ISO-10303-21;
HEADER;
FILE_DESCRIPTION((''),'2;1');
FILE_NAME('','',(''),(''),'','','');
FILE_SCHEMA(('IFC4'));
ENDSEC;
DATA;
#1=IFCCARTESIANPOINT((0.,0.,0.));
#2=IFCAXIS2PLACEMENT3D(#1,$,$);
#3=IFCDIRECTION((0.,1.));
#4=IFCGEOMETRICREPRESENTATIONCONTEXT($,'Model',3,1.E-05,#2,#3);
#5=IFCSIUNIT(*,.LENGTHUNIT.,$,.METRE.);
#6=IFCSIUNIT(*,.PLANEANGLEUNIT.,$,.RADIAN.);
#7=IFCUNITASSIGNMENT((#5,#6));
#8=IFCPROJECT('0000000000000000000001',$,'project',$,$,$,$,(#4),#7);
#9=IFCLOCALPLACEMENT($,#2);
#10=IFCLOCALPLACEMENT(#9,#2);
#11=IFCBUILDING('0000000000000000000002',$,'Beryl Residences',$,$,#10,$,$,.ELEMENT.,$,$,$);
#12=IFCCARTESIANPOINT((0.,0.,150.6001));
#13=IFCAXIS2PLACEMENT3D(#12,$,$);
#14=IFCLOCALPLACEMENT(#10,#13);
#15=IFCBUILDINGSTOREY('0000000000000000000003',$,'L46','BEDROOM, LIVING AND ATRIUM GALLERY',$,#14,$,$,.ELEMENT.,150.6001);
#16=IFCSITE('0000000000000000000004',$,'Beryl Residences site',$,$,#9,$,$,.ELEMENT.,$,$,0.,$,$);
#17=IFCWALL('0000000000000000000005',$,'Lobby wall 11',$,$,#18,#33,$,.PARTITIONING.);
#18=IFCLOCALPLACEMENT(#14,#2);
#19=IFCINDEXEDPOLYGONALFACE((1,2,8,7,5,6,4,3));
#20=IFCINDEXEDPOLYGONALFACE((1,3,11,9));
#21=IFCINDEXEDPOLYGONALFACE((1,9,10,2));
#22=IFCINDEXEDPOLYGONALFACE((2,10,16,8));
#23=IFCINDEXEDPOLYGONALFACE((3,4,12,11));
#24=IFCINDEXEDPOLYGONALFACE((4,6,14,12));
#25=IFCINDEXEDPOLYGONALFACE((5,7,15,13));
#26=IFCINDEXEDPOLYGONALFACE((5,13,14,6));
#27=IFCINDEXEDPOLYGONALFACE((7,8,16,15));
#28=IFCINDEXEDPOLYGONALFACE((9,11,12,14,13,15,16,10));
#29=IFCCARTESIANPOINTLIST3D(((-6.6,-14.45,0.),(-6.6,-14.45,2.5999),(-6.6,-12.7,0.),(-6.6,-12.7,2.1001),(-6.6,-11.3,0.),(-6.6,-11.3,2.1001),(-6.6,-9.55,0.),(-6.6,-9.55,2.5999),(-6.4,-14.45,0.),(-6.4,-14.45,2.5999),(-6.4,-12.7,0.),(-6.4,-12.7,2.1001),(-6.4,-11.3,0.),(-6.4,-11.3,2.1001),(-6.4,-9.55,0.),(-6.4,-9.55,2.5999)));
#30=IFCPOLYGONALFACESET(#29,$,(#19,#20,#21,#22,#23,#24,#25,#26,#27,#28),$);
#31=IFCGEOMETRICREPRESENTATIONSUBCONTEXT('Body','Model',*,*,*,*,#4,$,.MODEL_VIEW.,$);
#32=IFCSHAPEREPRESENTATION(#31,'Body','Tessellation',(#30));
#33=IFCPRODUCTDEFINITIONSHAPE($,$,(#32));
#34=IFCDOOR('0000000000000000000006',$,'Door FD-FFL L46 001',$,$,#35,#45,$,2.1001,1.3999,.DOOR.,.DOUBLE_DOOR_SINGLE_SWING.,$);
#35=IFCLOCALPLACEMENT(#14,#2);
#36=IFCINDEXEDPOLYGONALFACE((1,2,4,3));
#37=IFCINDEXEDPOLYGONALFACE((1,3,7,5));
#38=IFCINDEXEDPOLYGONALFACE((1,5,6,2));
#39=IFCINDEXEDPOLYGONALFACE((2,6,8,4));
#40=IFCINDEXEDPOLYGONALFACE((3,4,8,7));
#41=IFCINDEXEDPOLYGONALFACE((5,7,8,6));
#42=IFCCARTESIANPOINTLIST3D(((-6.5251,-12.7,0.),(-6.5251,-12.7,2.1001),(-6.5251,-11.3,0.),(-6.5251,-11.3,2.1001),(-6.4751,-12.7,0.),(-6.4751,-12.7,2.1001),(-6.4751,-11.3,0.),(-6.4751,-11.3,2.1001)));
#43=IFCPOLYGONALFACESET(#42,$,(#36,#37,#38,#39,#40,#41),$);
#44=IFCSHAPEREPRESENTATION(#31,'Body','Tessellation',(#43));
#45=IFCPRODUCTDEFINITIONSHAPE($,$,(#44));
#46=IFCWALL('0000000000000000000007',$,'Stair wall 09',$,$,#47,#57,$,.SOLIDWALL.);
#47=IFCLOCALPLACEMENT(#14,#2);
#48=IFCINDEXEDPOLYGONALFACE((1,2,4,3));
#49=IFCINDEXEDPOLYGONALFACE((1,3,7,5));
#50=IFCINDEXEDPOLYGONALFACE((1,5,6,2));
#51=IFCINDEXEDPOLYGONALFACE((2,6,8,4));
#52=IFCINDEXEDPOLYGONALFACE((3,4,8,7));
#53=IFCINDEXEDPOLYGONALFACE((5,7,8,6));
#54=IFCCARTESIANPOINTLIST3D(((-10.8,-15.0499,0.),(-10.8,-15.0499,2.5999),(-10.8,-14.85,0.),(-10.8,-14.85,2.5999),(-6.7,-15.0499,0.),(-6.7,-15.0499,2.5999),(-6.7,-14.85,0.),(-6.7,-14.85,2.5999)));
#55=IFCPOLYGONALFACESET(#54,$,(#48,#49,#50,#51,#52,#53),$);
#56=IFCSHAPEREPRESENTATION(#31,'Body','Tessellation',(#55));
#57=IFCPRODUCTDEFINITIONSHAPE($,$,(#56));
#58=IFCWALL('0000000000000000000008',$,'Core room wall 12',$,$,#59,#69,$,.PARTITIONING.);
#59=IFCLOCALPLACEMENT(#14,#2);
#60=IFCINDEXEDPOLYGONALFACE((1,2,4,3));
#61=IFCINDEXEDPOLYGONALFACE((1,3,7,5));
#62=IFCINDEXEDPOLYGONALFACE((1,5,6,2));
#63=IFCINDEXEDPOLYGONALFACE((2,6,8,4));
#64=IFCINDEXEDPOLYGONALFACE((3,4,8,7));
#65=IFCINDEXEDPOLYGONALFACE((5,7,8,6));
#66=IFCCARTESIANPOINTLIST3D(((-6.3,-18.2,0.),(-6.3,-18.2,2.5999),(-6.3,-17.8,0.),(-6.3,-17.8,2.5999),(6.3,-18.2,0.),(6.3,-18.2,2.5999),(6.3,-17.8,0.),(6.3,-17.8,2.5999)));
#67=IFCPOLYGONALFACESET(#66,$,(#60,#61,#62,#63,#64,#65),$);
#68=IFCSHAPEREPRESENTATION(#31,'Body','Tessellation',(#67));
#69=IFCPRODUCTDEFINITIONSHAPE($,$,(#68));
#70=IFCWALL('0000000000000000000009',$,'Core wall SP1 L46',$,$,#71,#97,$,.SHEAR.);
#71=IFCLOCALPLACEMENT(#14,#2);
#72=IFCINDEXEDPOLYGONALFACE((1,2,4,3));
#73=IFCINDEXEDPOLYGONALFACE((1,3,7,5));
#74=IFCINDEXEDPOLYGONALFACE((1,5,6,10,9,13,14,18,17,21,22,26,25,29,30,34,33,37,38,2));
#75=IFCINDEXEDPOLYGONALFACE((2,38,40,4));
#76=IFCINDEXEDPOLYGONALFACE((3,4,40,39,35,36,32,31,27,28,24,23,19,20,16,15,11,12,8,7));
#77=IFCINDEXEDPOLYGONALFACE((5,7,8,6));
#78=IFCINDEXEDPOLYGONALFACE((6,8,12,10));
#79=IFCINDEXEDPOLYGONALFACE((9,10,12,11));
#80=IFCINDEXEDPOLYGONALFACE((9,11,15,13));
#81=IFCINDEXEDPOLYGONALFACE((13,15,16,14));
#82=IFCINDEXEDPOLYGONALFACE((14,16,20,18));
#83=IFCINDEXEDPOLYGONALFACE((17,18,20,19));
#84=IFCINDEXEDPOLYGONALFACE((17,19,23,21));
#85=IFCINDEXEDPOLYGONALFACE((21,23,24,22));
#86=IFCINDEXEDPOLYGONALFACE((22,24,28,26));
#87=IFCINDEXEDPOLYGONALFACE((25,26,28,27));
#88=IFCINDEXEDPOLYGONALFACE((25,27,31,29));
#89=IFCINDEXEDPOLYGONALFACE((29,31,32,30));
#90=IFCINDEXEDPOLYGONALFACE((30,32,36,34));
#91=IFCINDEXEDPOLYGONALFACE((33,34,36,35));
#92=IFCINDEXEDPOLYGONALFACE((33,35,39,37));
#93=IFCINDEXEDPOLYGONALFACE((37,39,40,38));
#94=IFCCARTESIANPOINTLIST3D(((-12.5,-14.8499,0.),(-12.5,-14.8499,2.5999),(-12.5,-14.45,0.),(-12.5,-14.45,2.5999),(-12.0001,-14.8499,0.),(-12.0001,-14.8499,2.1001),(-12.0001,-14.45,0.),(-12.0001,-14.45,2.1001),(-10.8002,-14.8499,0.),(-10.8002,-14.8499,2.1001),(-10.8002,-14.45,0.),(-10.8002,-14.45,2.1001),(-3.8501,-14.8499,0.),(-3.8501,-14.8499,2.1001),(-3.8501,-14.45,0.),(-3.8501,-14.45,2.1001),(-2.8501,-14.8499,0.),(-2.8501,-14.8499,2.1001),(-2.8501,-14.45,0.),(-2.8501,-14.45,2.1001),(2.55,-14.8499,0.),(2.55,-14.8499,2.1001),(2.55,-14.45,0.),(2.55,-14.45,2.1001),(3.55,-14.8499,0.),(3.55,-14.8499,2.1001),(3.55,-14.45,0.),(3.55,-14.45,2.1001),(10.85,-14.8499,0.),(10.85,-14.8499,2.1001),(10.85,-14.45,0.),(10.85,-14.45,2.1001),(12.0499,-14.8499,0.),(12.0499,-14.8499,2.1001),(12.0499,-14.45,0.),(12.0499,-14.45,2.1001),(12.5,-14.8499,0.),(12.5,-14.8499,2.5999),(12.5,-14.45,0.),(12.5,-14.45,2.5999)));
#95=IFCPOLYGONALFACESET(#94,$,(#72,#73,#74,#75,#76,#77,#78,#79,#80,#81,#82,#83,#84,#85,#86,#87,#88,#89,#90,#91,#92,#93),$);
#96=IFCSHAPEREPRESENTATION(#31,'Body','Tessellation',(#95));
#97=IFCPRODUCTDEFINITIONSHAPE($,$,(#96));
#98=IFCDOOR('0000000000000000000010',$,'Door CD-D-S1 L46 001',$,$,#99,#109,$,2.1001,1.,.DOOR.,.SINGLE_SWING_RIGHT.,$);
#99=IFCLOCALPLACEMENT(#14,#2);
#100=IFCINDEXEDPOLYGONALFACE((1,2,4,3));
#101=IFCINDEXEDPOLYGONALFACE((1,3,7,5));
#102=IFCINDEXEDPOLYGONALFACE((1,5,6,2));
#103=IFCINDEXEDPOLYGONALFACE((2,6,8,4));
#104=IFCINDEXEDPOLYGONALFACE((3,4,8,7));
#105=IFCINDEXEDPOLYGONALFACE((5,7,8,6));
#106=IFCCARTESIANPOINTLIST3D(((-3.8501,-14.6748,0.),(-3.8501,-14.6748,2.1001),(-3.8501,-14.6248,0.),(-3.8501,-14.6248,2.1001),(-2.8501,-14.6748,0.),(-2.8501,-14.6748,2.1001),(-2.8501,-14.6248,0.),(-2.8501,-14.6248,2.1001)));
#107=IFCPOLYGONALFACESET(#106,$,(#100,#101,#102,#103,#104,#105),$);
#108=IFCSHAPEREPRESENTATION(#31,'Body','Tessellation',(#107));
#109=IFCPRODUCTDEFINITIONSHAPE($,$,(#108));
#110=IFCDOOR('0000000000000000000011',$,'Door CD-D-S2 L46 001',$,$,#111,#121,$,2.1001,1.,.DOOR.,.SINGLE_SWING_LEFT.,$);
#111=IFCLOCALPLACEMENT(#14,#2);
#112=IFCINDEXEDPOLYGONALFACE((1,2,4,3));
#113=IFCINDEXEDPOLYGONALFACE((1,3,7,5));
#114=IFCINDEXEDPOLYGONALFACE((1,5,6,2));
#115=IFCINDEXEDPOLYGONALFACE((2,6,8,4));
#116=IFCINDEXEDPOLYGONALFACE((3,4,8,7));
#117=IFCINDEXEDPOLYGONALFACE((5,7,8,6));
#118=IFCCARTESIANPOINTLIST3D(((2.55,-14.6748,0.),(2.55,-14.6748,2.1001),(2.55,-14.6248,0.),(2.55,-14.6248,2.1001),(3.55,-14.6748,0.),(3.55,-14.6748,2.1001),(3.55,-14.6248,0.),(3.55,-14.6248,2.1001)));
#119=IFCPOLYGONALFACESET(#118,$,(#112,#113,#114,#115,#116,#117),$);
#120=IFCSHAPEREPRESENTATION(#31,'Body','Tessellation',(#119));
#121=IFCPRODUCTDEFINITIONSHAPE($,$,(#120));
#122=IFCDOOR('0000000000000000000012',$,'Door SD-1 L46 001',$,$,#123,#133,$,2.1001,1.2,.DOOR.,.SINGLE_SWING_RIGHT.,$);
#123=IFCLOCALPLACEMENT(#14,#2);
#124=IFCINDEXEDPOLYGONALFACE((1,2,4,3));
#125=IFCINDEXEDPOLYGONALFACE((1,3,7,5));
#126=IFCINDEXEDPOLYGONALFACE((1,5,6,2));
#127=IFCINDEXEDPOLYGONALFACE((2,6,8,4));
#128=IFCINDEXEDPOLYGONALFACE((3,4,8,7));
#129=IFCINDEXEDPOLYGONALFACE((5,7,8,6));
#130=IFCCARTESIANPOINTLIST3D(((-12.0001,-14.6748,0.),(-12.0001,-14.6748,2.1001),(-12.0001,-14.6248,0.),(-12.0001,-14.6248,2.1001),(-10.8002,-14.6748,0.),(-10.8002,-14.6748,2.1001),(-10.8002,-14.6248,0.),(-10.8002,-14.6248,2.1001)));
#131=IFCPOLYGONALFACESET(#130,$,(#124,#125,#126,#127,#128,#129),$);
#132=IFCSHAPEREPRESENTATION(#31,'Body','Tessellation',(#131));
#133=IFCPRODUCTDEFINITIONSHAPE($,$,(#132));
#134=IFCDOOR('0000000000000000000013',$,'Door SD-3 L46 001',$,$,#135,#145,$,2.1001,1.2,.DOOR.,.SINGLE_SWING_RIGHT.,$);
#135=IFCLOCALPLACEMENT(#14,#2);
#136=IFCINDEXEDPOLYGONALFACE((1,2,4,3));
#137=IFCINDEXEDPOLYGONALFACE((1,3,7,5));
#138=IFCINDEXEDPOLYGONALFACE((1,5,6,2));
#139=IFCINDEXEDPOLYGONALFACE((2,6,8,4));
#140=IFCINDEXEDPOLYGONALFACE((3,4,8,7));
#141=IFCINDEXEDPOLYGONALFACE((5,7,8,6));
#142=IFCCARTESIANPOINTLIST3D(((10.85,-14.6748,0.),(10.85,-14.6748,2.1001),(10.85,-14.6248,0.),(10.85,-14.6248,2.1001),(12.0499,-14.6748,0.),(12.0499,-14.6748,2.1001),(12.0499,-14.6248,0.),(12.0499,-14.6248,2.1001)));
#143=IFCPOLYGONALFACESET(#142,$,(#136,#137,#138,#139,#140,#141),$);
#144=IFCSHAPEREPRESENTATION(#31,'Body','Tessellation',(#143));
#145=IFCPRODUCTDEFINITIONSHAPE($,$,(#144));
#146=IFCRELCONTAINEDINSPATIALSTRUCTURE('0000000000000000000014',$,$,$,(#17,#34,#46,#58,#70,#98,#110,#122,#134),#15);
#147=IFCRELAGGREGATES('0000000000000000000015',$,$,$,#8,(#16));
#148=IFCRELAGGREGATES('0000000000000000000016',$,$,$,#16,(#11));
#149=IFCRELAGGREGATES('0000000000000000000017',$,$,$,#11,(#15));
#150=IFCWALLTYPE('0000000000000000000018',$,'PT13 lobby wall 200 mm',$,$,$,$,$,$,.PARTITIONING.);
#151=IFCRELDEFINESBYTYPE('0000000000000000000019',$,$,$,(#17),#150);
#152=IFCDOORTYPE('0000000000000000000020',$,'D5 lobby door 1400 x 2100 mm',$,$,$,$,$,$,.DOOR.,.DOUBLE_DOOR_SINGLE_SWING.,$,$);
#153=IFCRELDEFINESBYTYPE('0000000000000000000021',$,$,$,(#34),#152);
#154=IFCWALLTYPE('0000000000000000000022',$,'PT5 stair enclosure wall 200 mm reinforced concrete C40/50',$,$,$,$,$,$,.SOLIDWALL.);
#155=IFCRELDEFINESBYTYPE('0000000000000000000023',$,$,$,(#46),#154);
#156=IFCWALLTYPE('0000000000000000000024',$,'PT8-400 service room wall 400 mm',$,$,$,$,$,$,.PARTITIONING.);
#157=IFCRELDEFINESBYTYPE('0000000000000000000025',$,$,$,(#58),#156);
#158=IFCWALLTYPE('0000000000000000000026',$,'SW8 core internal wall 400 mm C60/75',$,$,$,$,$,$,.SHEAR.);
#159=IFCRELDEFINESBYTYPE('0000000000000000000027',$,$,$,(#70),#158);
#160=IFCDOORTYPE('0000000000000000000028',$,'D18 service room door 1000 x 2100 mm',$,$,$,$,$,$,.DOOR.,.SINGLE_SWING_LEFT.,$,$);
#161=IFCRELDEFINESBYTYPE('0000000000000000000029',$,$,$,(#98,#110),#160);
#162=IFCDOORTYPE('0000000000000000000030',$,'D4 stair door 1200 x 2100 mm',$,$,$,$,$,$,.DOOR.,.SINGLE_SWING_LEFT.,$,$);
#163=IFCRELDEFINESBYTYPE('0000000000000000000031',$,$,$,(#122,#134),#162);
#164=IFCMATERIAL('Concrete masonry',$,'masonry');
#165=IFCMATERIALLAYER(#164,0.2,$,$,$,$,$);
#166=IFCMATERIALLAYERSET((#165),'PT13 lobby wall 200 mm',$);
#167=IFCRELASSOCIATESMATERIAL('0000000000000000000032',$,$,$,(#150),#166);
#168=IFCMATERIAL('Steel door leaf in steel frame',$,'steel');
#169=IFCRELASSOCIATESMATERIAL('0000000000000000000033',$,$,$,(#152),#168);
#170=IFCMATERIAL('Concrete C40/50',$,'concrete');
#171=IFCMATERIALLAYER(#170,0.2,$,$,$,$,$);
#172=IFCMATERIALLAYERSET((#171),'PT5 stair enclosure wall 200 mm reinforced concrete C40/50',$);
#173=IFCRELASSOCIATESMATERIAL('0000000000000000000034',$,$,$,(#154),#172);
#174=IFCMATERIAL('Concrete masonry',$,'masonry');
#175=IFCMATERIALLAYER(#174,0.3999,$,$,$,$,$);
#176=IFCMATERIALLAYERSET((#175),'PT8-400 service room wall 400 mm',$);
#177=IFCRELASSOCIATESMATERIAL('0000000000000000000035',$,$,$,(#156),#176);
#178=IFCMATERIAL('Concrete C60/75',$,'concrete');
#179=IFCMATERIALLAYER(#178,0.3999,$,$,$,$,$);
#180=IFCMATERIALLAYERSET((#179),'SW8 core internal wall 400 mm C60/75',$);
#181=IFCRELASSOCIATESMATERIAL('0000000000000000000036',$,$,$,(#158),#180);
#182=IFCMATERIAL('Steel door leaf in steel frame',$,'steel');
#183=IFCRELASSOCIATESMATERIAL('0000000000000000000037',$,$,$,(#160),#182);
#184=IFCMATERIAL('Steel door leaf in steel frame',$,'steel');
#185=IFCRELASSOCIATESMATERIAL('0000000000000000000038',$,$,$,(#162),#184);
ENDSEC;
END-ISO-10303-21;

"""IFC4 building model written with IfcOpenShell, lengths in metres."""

from ifc_helpers import new_model, si_unit, direction, frame, frame_2d, origin, place, context, subcontext, project, spatial, rectangle, extrude, material, layer, layer_set, type_object, element, fill, save


model = new_model("IFC4")

# Units and contexts
model_context = context("Model", 3, precision=1e-05, world=origin(), true_north=direction((0.0, 1.0)))
body_context = subcontext(model_context, "Body", "Model", "MODEL_VIEW")
ifc_project = project(units=[si_unit("LENGTHUNIT", "METRE"), si_unit("PLANEANGLEUNIT", "RADIAN")], contexts=[model_context])

# Site, building, storey
site_placement = place(None, origin())
site = spatial("IfcSite", under=ifc_project, at=site_placement, Name="Beryl Residences site", CompositionType="ELEMENT", RefElevation=0.0)
building_placement = place(site_placement, origin())
building = spatial("IfcBuilding", under=site, at=building_placement, Name="Beryl Residences", CompositionType="ELEMENT")
storey_placement = place(building_placement, frame((0.0, 0.0, 150.6001)))
storey = spatial("IfcBuildingStorey", under=building, at=storey_placement, Name="L46", Description="BEDROOM, LIVING AND ATRIUM GALLERY", CompositionType="ELEMENT", Elevation=150.6001)

# Wall, opening, door
ifc_material_1 = material(Name="Concrete masonry", Category="masonry")
ifc_layer_1 = layer(ifc_material_1, 0.2)
ifc_layer_set_1 = layer_set([ifc_layer_1], Name="PT13 lobby wall 200 mm")
wall_type_1 = type_object("IfcWallType", Name="PT13 lobby wall 200 mm", PredefinedType="PARTITIONING", material=ifc_layer_set_1)
wall_1_placement = place(storey_placement, frame((-6.5, -14.45, 0.0), z_axis=(0.0, 0.0, 1.0), x_axis=(0.0, 1.0, 0.0)))
wall_1 = element("IfcWall", 1, at=wall_1_placement, inside=storey, type_object=wall_type_1, Name="Lobby wall 11", PredefinedType="PARTITIONING", context=body_context, shape_type="SweptSolid", body=[
    extrude(rectangle(XDim=4.8999, YDim=0.2, at=frame_2d((2.45, 0.0))), origin(), (0.0, 0.0, 1.0), 2.5999),
])
opening_1_placement = place(wall_1_placement, frame((3.1499, 0.0, 0.0), z_axis=(0.0, 0.0, 1.0), x_axis=(-1.0, 0.0, 0.0)))
opening_1 = element("IfcOpeningElement", 2, at=opening_1_placement, cuts=wall_1, PredefinedType="OPENING", context=body_context, shape_type="SweptSolid", body=[
    extrude(rectangle(XDim=1.3999, YDim=2.1001, at=frame_2d((0.7, 1.05))), frame((0.0, 0.1099, 0.0), z_axis=(0.0, -1.0, 0.0), x_axis=(1.0, 0.0, 0.0)), (0.0, 0.0, 1.0), 0.22),
])
ifc_material_2 = material(Name="Steel door leaf in steel frame", Category="steel")
door_type_1 = type_object("IfcDoorType", Name="D5 lobby door 1400 x 2100 mm", OperationType="DOUBLE_DOOR_SINGLE_SWING", PredefinedType="DOOR", material=ifc_material_2)
door_1_placement = place(opening_1_placement, origin())
door_1 = element("IfcDoor", 3, at=door_1_placement, inside=storey, type_object=door_type_1, Name="Door FD-FFL L46 001", OperationType="DOUBLE_DOOR_SINGLE_SWING", OverallHeight=2.1001, OverallWidth=1.3999, PredefinedType="DOOR", context=body_context, shape_type="SweptSolid", body=[
    extrude(rectangle(XDim=1.3999, YDim=2.1001, at=frame_2d((0.7, 1.05))), frame((0.0, 0.0249, 0.0), z_axis=(0.0, -1.0, 0.0), x_axis=(1.0, 0.0, 0.0)), (0.0, 0.0, 1.0), 0.05),
])
fill(opening_1, door_1)

# Walls
ifc_material_3 = material(Name="Concrete C40/50", Category="concrete")
ifc_layer_2 = layer(ifc_material_3, 0.2)
ifc_layer_set_2 = layer_set([ifc_layer_2], Name="PT5 stair enclosure wall 200 mm reinforced concrete C40/50")
wall_type_2 = type_object("IfcWallType", Name="PT5 stair enclosure wall 200 mm reinforced concrete C40/50", PredefinedType="SOLIDWALL", material=ifc_layer_set_2)
wall_2_placement = place(storey_placement, frame((-10.8, -14.95, 0.0), z_axis=(0.0, 0.0, 1.0), x_axis=(1.0, 0.0, 0.0)))
element("IfcWall", 4, at=wall_2_placement, inside=storey, type_object=wall_type_2, Name="Stair wall 09", PredefinedType="SOLIDWALL", context=body_context, shape_type="SweptSolid", body=[
    extrude(rectangle(XDim=4.1001, YDim=0.2, at=frame_2d((2.05, 0.0))), origin(), (0.0, 0.0, 1.0), 2.5999),
])
ifc_material_4 = material(Name="Concrete masonry", Category="masonry")
ifc_layer_3 = layer(ifc_material_4, 0.3999)
ifc_layer_set_3 = layer_set([ifc_layer_3], Name="PT8-400 service room wall 400 mm")
wall_type_3 = type_object("IfcWallType", Name="PT8-400 service room wall 400 mm", PredefinedType="PARTITIONING", material=ifc_layer_set_3)
wall_3_placement = place(storey_placement, frame((-6.3, -18.0, 0.0), z_axis=(0.0, 0.0, 1.0), x_axis=(1.0, 0.0, 0.0)))
element("IfcWall", 5, at=wall_3_placement, inside=storey, type_object=wall_type_3, Name="Core room wall 12", PredefinedType="PARTITIONING", context=body_context, shape_type="SweptSolid", body=[
    extrude(rectangle(XDim=12.6001, YDim=0.3999, at=frame_2d((6.3, 0.0))), origin(), (0.0, 0.0, 1.0), 2.5999),
])

# Wall, openings, doors
ifc_material_5 = material(Name="Concrete C60/75", Category="concrete")
ifc_layer_4 = layer(ifc_material_5, 0.3999)
ifc_layer_set_4 = layer_set([ifc_layer_4], Name="SW8 core internal wall 400 mm C60/75")
wall_type_4 = type_object("IfcWallType", Name="SW8 core internal wall 400 mm C60/75", PredefinedType="SHEAR", material=ifc_layer_set_4)
wall_4_placement = place(storey_placement, frame((-12.5, -14.6499, 0.0), z_axis=(0.0, 0.0, 1.0), x_axis=(1.0, 0.0, 0.0)))
wall_4 = element("IfcWall", 6, at=wall_4_placement, inside=storey, type_object=wall_type_4, Name="Core wall SP1 L46", PredefinedType="SHEAR", context=body_context, shape_type="SweptSolid", body=[
    extrude(rectangle(XDim=25.0, YDim=0.3999, at=frame_2d((12.5, 0.0))), origin(), (0.0, 0.0, 1.0), 2.5999),
])
opening_2_placement = place(wall_4_placement, frame((1.7, 0.0, 0.0), z_axis=(0.0, 0.0, 1.0), x_axis=(-1.0, 0.0, 0.0)))
opening_2 = element("IfcOpeningElement", 7, at=opening_2_placement, cuts=wall_4, PredefinedType="OPENING", context=body_context, shape_type="SweptSolid", body=[
    extrude(rectangle(XDim=1.2, YDim=2.1001, at=frame_2d((0.6001, 1.05))), frame((0.0, 0.21, 0.0), z_axis=(0.0, -1.0, 0.0), x_axis=(1.0, 0.0, 0.0)), (0.0, 0.0, 1.0), 0.4199),
])
opening_3_placement = place(wall_4_placement, frame((24.55, 0.0, 0.0), z_axis=(0.0, 0.0, 1.0), x_axis=(-1.0, 0.0, 0.0)))
opening_3 = element("IfcOpeningElement", 8, at=opening_3_placement, cuts=wall_4, PredefinedType="OPENING", context=body_context, shape_type="SweptSolid", body=[
    extrude(rectangle(XDim=1.2, YDim=2.1001, at=frame_2d((0.6001, 1.05))), frame((0.0, 0.21, 0.0), z_axis=(0.0, -1.0, 0.0), x_axis=(1.0, 0.0, 0.0)), (0.0, 0.0, 1.0), 0.4199),
])
opening_4_placement = place(wall_4_placement, frame((9.6499, 0.0, 0.0), z_axis=(0.0, 0.0, 1.0), x_axis=(-1.0, 0.0, 0.0)))
opening_4 = element("IfcOpeningElement", 9, at=opening_4_placement, cuts=wall_4, PredefinedType="OPENING", context=body_context, shape_type="SweptSolid", body=[
    extrude(rectangle(XDim=1.0, YDim=2.1001, at=frame_2d((0.5, 1.05))), frame((0.0, 0.21, 0.0), z_axis=(0.0, -1.0, 0.0), x_axis=(1.0, 0.0, 0.0)), (0.0, 0.0, 1.0), 0.4199),
])
opening_5_placement = place(wall_4_placement, frame((16.05, 0.0, 0.0), z_axis=(0.0, 0.0, 1.0), x_axis=(-1.0, 0.0, 0.0)))
opening_5 = element("IfcOpeningElement", 10, at=opening_5_placement, cuts=wall_4, PredefinedType="OPENING", context=body_context, shape_type="SweptSolid", body=[
    extrude(rectangle(XDim=1.0, YDim=2.1001, at=frame_2d((0.5, 1.05))), frame((0.0, 0.21, 0.0), z_axis=(0.0, -1.0, 0.0), x_axis=(1.0, 0.0, 0.0)), (0.0, 0.0, 1.0), 0.4199),
])
ifc_material_6 = material(Name="Steel door leaf in steel frame", Category="steel")
door_type_2 = type_object("IfcDoorType", Name="D18 service room door 1000 x 2100 mm", OperationType="SINGLE_SWING_LEFT", PredefinedType="DOOR", material=ifc_material_6)
door_2_placement = place(opening_4_placement, origin())
door_2 = element("IfcDoor", 11, at=door_2_placement, inside=storey, type_object=door_type_2, Name="Door CD-D-S1 L46 001", OperationType="SINGLE_SWING_RIGHT", OverallHeight=2.1001, OverallWidth=1.0, PredefinedType="DOOR", context=body_context, shape_type="SweptSolid", body=[
    extrude(rectangle(XDim=1.0, YDim=2.1001, at=frame_2d((0.5, 1.05))), frame((0.0, 0.0249, 0.0), z_axis=(0.0, -1.0, 0.0), x_axis=(1.0, 0.0, 0.0)), (0.0, 0.0, 1.0), 0.05),
])
fill(opening_4, door_2)
door_3_placement = place(opening_5_placement, origin())
door_3 = element("IfcDoor", 12, at=door_3_placement, inside=storey, type_object=door_type_2, Name="Door CD-D-S2 L46 001", OperationType="SINGLE_SWING_LEFT", OverallHeight=2.1001, OverallWidth=1.0, PredefinedType="DOOR", context=body_context, shape_type="SweptSolid", body=[
    extrude(rectangle(XDim=1.0, YDim=2.1001, at=frame_2d((0.5, 1.05))), frame((0.0, 0.0249, 0.0), z_axis=(0.0, -1.0, 0.0), x_axis=(1.0, 0.0, 0.0)), (0.0, 0.0, 1.0), 0.05),
])
fill(opening_5, door_3)
ifc_material_7 = material(Name="Steel door leaf in steel frame", Category="steel")
door_type_3 = type_object("IfcDoorType", Name="D4 stair door 1200 x 2100 mm", OperationType="SINGLE_SWING_LEFT", PredefinedType="DOOR", material=ifc_material_7)
door_4_placement = place(opening_2_placement, origin())
door_4 = element("IfcDoor", 13, at=door_4_placement, inside=storey, type_object=door_type_3, Name="Door SD-1 L46 001", OperationType="SINGLE_SWING_RIGHT", OverallHeight=2.1001, OverallWidth=1.2, PredefinedType="DOOR", context=body_context, shape_type="SweptSolid", body=[
    extrude(rectangle(XDim=1.2, YDim=2.1001, at=frame_2d((0.6001, 1.05))), frame((0.0, 0.0249, 0.0), z_axis=(0.0, -1.0, 0.0), x_axis=(1.0, 0.0, 0.0)), (0.0, 0.0, 1.0), 0.05),
])
fill(opening_2, door_4)
door_5_placement = place(opening_3_placement, origin())
door_5 = element("IfcDoor", 14, at=door_5_placement, inside=storey, type_object=door_type_3, Name="Door SD-3 L46 001", OperationType="SINGLE_SWING_RIGHT", OverallHeight=2.1001, OverallWidth=1.2, PredefinedType="DOOR", context=body_context, shape_type="SweptSolid", body=[
    extrude(rectangle(XDim=1.2, YDim=2.1001, at=frame_2d((0.6001, 1.05))), frame((0.0, 0.0249, 0.0), z_axis=(0.0, -1.0, 0.0), x_axis=(1.0, 0.0, 0.0)), (0.0, 0.0, 1.0), 0.05),
])
fill(opening_3, door_5)

save(model, "model.ifc")
